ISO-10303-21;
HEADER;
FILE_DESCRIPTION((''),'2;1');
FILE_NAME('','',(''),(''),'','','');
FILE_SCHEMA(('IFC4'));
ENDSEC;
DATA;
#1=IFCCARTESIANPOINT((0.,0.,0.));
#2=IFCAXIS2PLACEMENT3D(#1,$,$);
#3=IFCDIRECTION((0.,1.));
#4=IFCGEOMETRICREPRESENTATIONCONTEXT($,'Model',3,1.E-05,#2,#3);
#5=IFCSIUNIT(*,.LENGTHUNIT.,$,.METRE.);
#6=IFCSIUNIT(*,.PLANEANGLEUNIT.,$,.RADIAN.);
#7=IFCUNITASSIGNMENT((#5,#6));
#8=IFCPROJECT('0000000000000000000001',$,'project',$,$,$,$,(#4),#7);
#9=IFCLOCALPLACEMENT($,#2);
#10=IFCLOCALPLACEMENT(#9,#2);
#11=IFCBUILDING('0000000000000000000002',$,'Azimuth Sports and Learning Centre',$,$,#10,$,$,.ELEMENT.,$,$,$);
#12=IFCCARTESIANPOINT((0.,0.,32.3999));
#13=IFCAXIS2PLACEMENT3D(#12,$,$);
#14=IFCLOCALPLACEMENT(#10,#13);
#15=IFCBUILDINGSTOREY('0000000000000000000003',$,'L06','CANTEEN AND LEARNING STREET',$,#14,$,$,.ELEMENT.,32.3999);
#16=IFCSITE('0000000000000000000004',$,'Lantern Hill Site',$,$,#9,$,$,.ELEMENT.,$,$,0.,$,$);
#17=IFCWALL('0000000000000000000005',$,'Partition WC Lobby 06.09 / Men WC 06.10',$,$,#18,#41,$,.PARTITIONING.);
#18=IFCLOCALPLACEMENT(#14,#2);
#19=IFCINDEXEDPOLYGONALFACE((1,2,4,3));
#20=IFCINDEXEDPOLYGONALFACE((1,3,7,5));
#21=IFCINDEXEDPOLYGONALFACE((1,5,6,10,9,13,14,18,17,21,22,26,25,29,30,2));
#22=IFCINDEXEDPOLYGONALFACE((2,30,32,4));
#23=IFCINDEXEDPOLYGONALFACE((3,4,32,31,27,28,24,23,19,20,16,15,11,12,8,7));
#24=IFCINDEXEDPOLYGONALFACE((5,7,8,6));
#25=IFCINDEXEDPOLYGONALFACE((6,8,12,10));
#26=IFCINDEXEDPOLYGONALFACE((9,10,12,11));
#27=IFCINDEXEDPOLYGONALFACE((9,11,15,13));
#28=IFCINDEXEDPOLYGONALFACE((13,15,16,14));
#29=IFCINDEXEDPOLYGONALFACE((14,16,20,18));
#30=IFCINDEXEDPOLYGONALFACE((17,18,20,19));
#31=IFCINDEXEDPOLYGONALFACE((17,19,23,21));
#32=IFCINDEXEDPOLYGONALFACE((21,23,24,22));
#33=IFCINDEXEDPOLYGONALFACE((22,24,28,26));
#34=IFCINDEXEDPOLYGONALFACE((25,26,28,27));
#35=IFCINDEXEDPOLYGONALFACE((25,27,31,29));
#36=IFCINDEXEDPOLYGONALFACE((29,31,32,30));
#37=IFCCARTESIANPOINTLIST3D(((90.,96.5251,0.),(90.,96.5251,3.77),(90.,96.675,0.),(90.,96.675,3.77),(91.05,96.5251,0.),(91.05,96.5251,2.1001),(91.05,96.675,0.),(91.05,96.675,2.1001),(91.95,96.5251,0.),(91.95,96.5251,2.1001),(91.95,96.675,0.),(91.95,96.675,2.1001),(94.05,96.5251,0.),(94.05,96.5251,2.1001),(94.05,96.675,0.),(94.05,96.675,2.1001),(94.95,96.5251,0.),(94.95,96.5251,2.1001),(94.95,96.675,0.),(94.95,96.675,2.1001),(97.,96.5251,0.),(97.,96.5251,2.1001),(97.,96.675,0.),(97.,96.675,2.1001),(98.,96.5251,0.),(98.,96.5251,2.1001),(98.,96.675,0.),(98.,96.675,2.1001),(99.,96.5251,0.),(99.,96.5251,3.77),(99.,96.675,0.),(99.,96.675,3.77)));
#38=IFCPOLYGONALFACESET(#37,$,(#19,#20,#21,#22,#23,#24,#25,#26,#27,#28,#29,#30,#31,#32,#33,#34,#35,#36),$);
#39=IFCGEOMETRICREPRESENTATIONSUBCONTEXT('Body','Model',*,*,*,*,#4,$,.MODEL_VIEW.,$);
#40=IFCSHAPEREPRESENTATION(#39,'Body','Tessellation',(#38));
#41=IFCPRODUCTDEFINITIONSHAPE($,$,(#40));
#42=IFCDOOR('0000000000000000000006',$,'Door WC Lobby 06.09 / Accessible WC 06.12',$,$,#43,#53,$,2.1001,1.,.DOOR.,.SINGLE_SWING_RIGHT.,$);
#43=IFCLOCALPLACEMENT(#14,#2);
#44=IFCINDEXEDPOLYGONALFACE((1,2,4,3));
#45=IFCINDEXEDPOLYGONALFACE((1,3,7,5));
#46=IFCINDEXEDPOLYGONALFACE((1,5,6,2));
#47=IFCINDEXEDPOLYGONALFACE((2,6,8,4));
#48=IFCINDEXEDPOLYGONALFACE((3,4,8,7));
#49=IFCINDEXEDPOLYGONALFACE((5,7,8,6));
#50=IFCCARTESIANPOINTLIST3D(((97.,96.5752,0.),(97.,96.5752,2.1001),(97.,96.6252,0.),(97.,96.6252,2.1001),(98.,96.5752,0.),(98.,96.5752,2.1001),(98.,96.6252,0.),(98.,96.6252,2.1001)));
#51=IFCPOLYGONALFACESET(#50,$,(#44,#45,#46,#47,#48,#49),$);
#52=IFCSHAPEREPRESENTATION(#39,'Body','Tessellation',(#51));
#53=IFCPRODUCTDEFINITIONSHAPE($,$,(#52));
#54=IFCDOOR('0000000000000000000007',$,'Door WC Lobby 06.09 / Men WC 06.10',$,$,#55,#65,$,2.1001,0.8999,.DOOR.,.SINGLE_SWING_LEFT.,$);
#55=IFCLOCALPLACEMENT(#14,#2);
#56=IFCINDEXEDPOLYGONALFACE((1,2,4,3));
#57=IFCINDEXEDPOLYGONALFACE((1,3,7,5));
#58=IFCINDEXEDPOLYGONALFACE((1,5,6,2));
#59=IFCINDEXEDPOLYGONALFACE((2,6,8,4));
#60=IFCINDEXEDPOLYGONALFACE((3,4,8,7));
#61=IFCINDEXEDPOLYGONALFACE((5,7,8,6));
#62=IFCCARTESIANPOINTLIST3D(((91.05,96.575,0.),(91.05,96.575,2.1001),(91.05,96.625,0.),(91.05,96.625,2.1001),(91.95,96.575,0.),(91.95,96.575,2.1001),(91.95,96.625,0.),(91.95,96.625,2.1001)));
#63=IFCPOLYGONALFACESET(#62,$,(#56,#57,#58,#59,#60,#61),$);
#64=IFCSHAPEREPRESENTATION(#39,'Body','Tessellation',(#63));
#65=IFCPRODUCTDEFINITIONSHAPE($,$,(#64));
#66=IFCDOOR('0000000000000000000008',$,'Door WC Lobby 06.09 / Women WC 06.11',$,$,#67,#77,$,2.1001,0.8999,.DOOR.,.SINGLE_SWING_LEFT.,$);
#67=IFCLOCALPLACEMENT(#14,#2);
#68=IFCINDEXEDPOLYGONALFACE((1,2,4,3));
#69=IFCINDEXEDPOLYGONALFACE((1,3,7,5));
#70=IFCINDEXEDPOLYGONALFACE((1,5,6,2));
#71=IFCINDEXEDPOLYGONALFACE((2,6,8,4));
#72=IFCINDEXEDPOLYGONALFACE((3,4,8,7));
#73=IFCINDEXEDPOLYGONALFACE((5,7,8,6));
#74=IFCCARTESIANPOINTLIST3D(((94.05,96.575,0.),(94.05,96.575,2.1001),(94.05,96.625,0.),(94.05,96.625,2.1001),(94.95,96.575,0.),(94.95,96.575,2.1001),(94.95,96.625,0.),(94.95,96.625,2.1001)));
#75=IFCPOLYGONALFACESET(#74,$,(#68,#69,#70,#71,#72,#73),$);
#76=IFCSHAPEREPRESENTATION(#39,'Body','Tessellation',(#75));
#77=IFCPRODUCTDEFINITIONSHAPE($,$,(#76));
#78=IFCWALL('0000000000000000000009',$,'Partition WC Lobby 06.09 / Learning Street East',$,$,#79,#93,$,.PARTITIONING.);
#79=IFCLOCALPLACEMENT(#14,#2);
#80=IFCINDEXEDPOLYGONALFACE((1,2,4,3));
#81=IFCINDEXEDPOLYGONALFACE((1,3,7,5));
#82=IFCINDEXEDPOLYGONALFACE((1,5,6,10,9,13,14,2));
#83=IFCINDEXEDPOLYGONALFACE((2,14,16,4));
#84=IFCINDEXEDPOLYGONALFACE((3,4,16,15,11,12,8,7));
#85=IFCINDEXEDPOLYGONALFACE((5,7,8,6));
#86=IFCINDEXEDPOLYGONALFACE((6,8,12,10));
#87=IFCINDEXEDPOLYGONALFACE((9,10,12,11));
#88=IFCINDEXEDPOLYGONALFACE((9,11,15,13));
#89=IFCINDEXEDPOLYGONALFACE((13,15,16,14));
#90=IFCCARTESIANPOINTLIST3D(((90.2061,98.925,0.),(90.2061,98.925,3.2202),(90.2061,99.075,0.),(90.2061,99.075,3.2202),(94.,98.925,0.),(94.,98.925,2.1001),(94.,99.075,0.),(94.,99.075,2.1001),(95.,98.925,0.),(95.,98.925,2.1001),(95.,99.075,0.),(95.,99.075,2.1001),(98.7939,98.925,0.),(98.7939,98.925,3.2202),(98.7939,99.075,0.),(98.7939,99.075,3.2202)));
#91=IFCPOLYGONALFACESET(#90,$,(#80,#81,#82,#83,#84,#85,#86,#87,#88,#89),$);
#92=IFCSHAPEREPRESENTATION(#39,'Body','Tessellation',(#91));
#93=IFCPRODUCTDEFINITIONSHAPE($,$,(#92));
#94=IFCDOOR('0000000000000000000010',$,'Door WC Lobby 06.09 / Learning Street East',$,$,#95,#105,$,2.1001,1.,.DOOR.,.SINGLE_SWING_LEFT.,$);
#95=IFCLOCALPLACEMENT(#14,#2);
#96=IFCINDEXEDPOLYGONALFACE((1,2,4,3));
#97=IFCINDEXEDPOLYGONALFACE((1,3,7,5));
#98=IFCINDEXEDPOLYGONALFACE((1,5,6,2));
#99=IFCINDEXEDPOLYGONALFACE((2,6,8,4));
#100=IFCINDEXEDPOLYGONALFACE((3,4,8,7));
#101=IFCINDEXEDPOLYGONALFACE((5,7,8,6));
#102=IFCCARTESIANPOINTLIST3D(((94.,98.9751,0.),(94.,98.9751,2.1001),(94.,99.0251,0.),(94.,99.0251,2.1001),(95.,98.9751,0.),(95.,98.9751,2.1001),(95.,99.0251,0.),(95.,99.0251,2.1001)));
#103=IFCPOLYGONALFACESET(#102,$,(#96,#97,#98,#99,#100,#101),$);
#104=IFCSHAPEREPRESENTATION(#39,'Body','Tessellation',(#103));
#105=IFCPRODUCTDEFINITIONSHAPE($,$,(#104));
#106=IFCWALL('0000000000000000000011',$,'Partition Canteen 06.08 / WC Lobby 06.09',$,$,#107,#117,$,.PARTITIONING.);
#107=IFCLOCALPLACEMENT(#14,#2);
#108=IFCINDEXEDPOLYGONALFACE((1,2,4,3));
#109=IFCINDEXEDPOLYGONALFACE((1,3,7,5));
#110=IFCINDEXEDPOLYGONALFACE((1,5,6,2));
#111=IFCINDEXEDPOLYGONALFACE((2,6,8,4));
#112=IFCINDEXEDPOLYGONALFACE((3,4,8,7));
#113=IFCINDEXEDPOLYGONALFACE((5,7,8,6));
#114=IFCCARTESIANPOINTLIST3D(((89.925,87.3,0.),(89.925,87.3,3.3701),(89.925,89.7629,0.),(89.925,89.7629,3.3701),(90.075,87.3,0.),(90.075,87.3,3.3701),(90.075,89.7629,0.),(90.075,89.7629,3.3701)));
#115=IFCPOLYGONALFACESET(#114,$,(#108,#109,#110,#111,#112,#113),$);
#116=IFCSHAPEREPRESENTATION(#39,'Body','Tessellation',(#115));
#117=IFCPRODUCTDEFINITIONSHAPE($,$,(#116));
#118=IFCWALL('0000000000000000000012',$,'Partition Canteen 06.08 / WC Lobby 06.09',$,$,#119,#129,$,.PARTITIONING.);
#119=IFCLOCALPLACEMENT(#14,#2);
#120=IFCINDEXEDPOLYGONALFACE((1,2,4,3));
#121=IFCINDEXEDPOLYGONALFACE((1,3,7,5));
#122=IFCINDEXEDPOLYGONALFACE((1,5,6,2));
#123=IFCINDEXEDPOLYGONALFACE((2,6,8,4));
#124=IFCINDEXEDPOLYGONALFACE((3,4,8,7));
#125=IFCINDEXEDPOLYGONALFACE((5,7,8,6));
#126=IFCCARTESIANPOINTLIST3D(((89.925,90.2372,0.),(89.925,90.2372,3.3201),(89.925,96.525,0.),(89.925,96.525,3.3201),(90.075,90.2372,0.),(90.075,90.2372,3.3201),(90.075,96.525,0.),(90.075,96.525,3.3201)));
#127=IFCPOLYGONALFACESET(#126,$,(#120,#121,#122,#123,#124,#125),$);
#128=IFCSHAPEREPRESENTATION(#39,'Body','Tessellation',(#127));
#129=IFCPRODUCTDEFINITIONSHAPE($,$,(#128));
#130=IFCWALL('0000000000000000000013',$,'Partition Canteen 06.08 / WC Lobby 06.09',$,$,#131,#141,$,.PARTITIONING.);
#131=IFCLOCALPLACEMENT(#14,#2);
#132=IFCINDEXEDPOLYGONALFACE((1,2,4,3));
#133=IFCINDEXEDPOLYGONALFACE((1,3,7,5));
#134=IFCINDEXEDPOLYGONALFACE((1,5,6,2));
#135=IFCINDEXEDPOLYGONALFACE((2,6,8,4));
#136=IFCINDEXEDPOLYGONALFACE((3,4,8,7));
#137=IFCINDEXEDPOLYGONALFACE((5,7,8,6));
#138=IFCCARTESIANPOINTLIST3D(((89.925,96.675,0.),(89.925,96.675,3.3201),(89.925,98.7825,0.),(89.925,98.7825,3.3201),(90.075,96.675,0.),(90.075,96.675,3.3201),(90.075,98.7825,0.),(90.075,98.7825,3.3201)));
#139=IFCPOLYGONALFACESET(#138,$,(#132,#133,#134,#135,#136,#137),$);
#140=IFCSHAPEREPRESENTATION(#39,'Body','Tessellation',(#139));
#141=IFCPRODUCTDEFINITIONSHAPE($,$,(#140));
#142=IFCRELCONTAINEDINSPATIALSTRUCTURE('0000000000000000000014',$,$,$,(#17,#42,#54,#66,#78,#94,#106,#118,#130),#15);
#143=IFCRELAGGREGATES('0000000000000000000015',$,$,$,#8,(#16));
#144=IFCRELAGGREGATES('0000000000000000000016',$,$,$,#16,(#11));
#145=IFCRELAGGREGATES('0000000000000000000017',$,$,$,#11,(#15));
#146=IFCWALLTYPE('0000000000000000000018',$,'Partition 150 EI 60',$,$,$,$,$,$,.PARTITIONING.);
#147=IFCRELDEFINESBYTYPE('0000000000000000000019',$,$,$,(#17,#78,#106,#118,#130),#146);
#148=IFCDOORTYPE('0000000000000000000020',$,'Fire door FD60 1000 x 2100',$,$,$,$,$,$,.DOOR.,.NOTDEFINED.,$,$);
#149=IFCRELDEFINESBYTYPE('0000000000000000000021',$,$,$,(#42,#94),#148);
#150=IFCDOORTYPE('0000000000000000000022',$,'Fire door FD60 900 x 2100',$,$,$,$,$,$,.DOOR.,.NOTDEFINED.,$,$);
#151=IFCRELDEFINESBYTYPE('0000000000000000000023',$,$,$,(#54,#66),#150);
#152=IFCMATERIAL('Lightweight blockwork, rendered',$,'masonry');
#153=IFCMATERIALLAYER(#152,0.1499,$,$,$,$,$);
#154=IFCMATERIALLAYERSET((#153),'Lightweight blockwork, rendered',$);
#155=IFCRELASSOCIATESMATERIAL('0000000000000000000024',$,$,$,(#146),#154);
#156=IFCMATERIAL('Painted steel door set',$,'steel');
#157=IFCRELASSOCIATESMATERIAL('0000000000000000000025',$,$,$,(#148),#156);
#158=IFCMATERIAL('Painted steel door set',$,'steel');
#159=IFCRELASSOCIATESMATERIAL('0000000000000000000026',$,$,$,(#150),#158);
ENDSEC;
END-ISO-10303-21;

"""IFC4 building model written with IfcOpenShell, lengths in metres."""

from ifc_helpers import new_model, si_unit, direction, frame, frame_2d, origin, place, context, subcontext, project, spatial, rectangle, extrude, material, layer, layer_set, type_object, element, fill, save


model = new_model("IFC4")

# Units and contexts
model_context = context("Model", 3, precision=1e-05, world=origin(), true_north=direction((0.0, 1.0)))
body_context = subcontext(model_context, "Body", "Model", "MODEL_VIEW")
ifc_project = project(units=[si_unit("LENGTHUNIT", "METRE"), si_unit("PLANEANGLEUNIT", "RADIAN")], contexts=[model_context])

# Site, building, storey
site_placement = place(None, origin())
site = spatial("IfcSite", under=ifc_project, at=site_placement, Name="Lantern Hill Site", CompositionType="ELEMENT", RefElevation=0.0)
building_placement = place(site_placement, origin())
building = spatial("IfcBuilding", under=site, at=building_placement, Name="Azimuth Sports and Learning Centre", CompositionType="ELEMENT")
storey_placement = place(building_placement, frame((0.0, 0.0, 32.3999)))
storey = spatial("IfcBuildingStorey", under=building, at=storey_placement, Name="L06", Description="CANTEEN AND LEARNING STREET", CompositionType="ELEMENT", Elevation=32.3999)

# Wall, openings, doors
ifc_material_1 = material(Name="Lightweight blockwork, rendered", Category="masonry")
ifc_layer_1 = layer(ifc_material_1, 0.1499)
ifc_layer_set_1 = layer_set([ifc_layer_1], Name="Lightweight blockwork, rendered")
wall_type = type_object("IfcWallType", Name="Partition 150 EI 60", PredefinedType="PARTITIONING", material=ifc_layer_set_1)
wall_1_placement = place(storey_placement, frame((90.0, 96.6001, 0.0), z_axis=(0.0, 0.0, 1.0), x_axis=(1.0, 0.0, 0.0)))
wall_1 = element("IfcWall", 1, at=wall_1_placement, inside=storey, type_object=wall_type, Name="Partition WC Lobby 06.09 / Men WC 06.10", PredefinedType="PARTITIONING", context=body_context, shape_type="SweptSolid", body=[
    extrude(rectangle(XDim=9.0, YDim=0.1499, at=frame_2d((4.5, 0.0))), origin(), (0.0, 0.0, 1.0), 3.77),
])
opening_1_placement = place(wall_1_placement, frame((1.05, 0.0, 0.0)))
opening_1 = element("IfcOpeningElement", 2, at=opening_1_placement, cuts=wall_1, PredefinedType="OPENING", context=body_context, shape_type="SweptSolid", body=[
    extrude(rectangle(XDim=0.8999, YDim=2.1001, at=frame_2d((0.45, 1.05))), frame((0.0, 0.0859, 0.0), z_axis=(0.0, -1.0, 0.0), x_axis=(1.0, 0.0, 0.0)), (0.0, 0.0, 1.0), 0.1719),
])
opening_2_placement = place(wall_1_placement, frame((4.05, 0.0, 0.0)))
opening_2 = element("IfcOpeningElement", 3, at=opening_2_placement, cuts=wall_1, PredefinedType="OPENING", context=body_context, shape_type="SweptSolid", body=[
    extrude(rectangle(XDim=0.8999, YDim=2.1001, at=frame_2d((0.45, 1.05))), frame((0.0, 0.0859, 0.0), z_axis=(0.0, -1.0, 0.0), x_axis=(1.0, 0.0, 0.0)), (0.0, 0.0, 1.0), 0.1719),
])
opening_3_placement = place(wall_1_placement, frame((7.0, 0.0, 0.0)))
opening_3 = element("IfcOpeningElement", 4, at=opening_3_placement, cuts=wall_1, PredefinedType="OPENING", context=body_context, shape_type="SweptSolid", body=[
    extrude(rectangle(XDim=1.0, YDim=2.1001, at=frame_2d((0.5, 1.05))), frame((0.0, 0.0859, 0.0), z_axis=(0.0, -1.0, 0.0), x_axis=(1.0, 0.0, 0.0)), (0.0, 0.0, 1.0), 0.1719),
])
ifc_material_2 = material(Name="Painted steel door set", Category="steel")
door_type_1 = type_object("IfcDoorType", Name="Fire door FD60 1000 x 2100", OperationType="NOTDEFINED", PredefinedType="DOOR", material=ifc_material_2)
door_1_placement = place(opening_3_placement, frame((1.0, 0.0, 0.0), z_axis=(0.0, 0.0, 1.0), x_axis=(-1.0, 0.0, 0.0)))
door_1 = element("IfcDoor", 5, at=door_1_placement, inside=storey, type_object=door_type_1, Name="Door WC Lobby 06.09 / Accessible WC 06.12", OperationType="SINGLE_SWING_RIGHT", OverallHeight=2.1001, OverallWidth=1.0, PredefinedType="DOOR", context=body_context, shape_type="SweptSolid", body=[
    extrude(rectangle(XDim=1.0, YDim=2.1001, at=frame_2d((0.5, 1.05))), frame((0.0, 0.0249, 0.0), z_axis=(0.0, -1.0, 0.0), x_axis=(1.0, 0.0, 0.0)), (0.0, 0.0, 1.0), 0.05),
])
fill(opening_3, door_1)
ifc_material_3 = material(Name="Painted steel door set", Category="steel")
door_type_2 = type_object("IfcDoorType", Name="Fire door FD60 900 x 2100", OperationType="NOTDEFINED", PredefinedType="DOOR", material=ifc_material_3)
door_2_placement = place(opening_1_placement, origin())
door_2 = element("IfcDoor", 6, at=door_2_placement, inside=storey, type_object=door_type_2, Name="Door WC Lobby 06.09 / Men WC 06.10", OperationType="SINGLE_SWING_LEFT", OverallHeight=2.1001, OverallWidth=0.8999, PredefinedType="DOOR", context=body_context, shape_type="SweptSolid", body=[
    extrude(rectangle(XDim=0.8999, YDim=2.1001, at=frame_2d((0.45, 1.05))), frame((0.0, 0.0249, 0.0), z_axis=(0.0, -1.0, 0.0), x_axis=(1.0, 0.0, 0.0)), (0.0, 0.0, 1.0), 0.05),
])
fill(opening_1, door_2)
door_3_placement = place(opening_2_placement, origin())
door_3 = element("IfcDoor", 7, at=door_3_placement, inside=storey, type_object=door_type_2, Name="Door WC Lobby 06.09 / Women WC 06.11", OperationType="SINGLE_SWING_LEFT", OverallHeight=2.1001, OverallWidth=0.8999, PredefinedType="DOOR", context=body_context, shape_type="SweptSolid", body=[
    extrude(rectangle(XDim=0.8999, YDim=2.1001, at=frame_2d((0.45, 1.05))), frame((0.0, 0.0249, 0.0), z_axis=(0.0, -1.0, 0.0), x_axis=(1.0, 0.0, 0.0)), (0.0, 0.0, 1.0), 0.05),
])
fill(opening_2, door_3)

# Wall, opening, door
wall_2_placement = place(storey_placement, frame((90.2061, 99.0, 0.0), z_axis=(0.0, 0.0, 1.0), x_axis=(1.0, 0.0, 0.0)))
wall_2 = element("IfcWall", 8, at=wall_2_placement, inside=storey, type_object=wall_type, Name="Partition WC Lobby 06.09 / Learning Street East", PredefinedType="PARTITIONING", context=body_context, shape_type="SweptSolid", body=[
    extrude(rectangle(XDim=8.5879, YDim=0.1499, at=frame_2d((4.2939, 0.0))), origin(), (0.0, 0.0, 1.0), 3.2202),
])
opening_4_placement = place(wall_2_placement, frame((3.7939, 0.0, 0.0)))
opening_4 = element("IfcOpeningElement", 9, at=opening_4_placement, cuts=wall_2, PredefinedType="OPENING", context=body_context, shape_type="SweptSolid", body=[
    extrude(rectangle(XDim=1.0, YDim=2.1001, at=frame_2d((0.5, 1.05))), frame((0.0, 0.0859, 0.0), z_axis=(0.0, -1.0, 0.0), x_axis=(1.0, 0.0, 0.0)), (0.0, 0.0, 1.0), 0.1719),
])
door_4_placement = place(opening_4_placement, frame((1.0, 0.0, 0.0), z_axis=(0.0, 0.0, 1.0), x_axis=(-1.0, 0.0, 0.0)))
door_4 = element("IfcDoor", 10, at=door_4_placement, inside=storey, type_object=door_type_1, Name="Door WC Lobby 06.09 / Learning Street East", OperationType="SINGLE_SWING_LEFT", OverallHeight=2.1001, OverallWidth=1.0, PredefinedType="DOOR", context=body_context, shape_type="SweptSolid", body=[
    extrude(rectangle(XDim=1.0, YDim=2.1001, at=frame_2d((0.5, 1.05))), frame((0.0, 0.0249, 0.0), z_axis=(0.0, -1.0, 0.0), x_axis=(1.0, 0.0, 0.0)), (0.0, 0.0, 1.0), 0.05),
])
fill(opening_4, door_4)

# Walls
wall_3_placement = place(storey_placement, frame((90.0, 87.3, 0.0), z_axis=(0.0, 0.0, 1.0), x_axis=(0.0, 1.0, 0.0)))
element("IfcWall", 11, at=wall_3_placement, inside=storey, type_object=wall_type, Name="Partition Canteen 06.08 / WC Lobby 06.09", PredefinedType="PARTITIONING", context=body_context, shape_type="SweptSolid", body=[
    extrude(rectangle(XDim=2.4629, YDim=0.1499, at=frame_2d((1.2314, 0.0))), origin(), (0.0, 0.0, 1.0), 3.3701),
])
wall_4_placement = place(storey_placement, frame((90.0, 90.2371, 0.0), z_axis=(0.0, 0.0, 1.0), x_axis=(0.0, 1.0, 0.0)))
element("IfcWall", 12, at=wall_4_placement, inside=storey, type_object=wall_type, Name="Partition Canteen 06.08 / WC Lobby 06.09", PredefinedType="PARTITIONING", context=body_context, shape_type="SweptSolid", body=[
    extrude(rectangle(XDim=6.2878, YDim=0.1499, at=frame_2d((3.144, 0.0))), origin(), (0.0, 0.0, 1.0), 3.3201),
])
wall_5_placement = place(storey_placement, frame((90.0, 96.675, 0.0), z_axis=(0.0, 0.0, 1.0), x_axis=(0.0, 1.0, 0.0)))
element("IfcWall", 13, at=wall_5_placement, inside=storey, type_object=wall_type, Name="Partition Canteen 06.08 / WC Lobby 06.09", PredefinedType="PARTITIONING", context=body_context, shape_type="SweptSolid", body=[
    extrude(rectangle(XDim=2.1074, YDim=0.1499, at=frame_2d((1.0537, 0.0))), origin(), (0.0, 0.0, 1.0), 3.3201),
])

save(model, "model.ifc")
